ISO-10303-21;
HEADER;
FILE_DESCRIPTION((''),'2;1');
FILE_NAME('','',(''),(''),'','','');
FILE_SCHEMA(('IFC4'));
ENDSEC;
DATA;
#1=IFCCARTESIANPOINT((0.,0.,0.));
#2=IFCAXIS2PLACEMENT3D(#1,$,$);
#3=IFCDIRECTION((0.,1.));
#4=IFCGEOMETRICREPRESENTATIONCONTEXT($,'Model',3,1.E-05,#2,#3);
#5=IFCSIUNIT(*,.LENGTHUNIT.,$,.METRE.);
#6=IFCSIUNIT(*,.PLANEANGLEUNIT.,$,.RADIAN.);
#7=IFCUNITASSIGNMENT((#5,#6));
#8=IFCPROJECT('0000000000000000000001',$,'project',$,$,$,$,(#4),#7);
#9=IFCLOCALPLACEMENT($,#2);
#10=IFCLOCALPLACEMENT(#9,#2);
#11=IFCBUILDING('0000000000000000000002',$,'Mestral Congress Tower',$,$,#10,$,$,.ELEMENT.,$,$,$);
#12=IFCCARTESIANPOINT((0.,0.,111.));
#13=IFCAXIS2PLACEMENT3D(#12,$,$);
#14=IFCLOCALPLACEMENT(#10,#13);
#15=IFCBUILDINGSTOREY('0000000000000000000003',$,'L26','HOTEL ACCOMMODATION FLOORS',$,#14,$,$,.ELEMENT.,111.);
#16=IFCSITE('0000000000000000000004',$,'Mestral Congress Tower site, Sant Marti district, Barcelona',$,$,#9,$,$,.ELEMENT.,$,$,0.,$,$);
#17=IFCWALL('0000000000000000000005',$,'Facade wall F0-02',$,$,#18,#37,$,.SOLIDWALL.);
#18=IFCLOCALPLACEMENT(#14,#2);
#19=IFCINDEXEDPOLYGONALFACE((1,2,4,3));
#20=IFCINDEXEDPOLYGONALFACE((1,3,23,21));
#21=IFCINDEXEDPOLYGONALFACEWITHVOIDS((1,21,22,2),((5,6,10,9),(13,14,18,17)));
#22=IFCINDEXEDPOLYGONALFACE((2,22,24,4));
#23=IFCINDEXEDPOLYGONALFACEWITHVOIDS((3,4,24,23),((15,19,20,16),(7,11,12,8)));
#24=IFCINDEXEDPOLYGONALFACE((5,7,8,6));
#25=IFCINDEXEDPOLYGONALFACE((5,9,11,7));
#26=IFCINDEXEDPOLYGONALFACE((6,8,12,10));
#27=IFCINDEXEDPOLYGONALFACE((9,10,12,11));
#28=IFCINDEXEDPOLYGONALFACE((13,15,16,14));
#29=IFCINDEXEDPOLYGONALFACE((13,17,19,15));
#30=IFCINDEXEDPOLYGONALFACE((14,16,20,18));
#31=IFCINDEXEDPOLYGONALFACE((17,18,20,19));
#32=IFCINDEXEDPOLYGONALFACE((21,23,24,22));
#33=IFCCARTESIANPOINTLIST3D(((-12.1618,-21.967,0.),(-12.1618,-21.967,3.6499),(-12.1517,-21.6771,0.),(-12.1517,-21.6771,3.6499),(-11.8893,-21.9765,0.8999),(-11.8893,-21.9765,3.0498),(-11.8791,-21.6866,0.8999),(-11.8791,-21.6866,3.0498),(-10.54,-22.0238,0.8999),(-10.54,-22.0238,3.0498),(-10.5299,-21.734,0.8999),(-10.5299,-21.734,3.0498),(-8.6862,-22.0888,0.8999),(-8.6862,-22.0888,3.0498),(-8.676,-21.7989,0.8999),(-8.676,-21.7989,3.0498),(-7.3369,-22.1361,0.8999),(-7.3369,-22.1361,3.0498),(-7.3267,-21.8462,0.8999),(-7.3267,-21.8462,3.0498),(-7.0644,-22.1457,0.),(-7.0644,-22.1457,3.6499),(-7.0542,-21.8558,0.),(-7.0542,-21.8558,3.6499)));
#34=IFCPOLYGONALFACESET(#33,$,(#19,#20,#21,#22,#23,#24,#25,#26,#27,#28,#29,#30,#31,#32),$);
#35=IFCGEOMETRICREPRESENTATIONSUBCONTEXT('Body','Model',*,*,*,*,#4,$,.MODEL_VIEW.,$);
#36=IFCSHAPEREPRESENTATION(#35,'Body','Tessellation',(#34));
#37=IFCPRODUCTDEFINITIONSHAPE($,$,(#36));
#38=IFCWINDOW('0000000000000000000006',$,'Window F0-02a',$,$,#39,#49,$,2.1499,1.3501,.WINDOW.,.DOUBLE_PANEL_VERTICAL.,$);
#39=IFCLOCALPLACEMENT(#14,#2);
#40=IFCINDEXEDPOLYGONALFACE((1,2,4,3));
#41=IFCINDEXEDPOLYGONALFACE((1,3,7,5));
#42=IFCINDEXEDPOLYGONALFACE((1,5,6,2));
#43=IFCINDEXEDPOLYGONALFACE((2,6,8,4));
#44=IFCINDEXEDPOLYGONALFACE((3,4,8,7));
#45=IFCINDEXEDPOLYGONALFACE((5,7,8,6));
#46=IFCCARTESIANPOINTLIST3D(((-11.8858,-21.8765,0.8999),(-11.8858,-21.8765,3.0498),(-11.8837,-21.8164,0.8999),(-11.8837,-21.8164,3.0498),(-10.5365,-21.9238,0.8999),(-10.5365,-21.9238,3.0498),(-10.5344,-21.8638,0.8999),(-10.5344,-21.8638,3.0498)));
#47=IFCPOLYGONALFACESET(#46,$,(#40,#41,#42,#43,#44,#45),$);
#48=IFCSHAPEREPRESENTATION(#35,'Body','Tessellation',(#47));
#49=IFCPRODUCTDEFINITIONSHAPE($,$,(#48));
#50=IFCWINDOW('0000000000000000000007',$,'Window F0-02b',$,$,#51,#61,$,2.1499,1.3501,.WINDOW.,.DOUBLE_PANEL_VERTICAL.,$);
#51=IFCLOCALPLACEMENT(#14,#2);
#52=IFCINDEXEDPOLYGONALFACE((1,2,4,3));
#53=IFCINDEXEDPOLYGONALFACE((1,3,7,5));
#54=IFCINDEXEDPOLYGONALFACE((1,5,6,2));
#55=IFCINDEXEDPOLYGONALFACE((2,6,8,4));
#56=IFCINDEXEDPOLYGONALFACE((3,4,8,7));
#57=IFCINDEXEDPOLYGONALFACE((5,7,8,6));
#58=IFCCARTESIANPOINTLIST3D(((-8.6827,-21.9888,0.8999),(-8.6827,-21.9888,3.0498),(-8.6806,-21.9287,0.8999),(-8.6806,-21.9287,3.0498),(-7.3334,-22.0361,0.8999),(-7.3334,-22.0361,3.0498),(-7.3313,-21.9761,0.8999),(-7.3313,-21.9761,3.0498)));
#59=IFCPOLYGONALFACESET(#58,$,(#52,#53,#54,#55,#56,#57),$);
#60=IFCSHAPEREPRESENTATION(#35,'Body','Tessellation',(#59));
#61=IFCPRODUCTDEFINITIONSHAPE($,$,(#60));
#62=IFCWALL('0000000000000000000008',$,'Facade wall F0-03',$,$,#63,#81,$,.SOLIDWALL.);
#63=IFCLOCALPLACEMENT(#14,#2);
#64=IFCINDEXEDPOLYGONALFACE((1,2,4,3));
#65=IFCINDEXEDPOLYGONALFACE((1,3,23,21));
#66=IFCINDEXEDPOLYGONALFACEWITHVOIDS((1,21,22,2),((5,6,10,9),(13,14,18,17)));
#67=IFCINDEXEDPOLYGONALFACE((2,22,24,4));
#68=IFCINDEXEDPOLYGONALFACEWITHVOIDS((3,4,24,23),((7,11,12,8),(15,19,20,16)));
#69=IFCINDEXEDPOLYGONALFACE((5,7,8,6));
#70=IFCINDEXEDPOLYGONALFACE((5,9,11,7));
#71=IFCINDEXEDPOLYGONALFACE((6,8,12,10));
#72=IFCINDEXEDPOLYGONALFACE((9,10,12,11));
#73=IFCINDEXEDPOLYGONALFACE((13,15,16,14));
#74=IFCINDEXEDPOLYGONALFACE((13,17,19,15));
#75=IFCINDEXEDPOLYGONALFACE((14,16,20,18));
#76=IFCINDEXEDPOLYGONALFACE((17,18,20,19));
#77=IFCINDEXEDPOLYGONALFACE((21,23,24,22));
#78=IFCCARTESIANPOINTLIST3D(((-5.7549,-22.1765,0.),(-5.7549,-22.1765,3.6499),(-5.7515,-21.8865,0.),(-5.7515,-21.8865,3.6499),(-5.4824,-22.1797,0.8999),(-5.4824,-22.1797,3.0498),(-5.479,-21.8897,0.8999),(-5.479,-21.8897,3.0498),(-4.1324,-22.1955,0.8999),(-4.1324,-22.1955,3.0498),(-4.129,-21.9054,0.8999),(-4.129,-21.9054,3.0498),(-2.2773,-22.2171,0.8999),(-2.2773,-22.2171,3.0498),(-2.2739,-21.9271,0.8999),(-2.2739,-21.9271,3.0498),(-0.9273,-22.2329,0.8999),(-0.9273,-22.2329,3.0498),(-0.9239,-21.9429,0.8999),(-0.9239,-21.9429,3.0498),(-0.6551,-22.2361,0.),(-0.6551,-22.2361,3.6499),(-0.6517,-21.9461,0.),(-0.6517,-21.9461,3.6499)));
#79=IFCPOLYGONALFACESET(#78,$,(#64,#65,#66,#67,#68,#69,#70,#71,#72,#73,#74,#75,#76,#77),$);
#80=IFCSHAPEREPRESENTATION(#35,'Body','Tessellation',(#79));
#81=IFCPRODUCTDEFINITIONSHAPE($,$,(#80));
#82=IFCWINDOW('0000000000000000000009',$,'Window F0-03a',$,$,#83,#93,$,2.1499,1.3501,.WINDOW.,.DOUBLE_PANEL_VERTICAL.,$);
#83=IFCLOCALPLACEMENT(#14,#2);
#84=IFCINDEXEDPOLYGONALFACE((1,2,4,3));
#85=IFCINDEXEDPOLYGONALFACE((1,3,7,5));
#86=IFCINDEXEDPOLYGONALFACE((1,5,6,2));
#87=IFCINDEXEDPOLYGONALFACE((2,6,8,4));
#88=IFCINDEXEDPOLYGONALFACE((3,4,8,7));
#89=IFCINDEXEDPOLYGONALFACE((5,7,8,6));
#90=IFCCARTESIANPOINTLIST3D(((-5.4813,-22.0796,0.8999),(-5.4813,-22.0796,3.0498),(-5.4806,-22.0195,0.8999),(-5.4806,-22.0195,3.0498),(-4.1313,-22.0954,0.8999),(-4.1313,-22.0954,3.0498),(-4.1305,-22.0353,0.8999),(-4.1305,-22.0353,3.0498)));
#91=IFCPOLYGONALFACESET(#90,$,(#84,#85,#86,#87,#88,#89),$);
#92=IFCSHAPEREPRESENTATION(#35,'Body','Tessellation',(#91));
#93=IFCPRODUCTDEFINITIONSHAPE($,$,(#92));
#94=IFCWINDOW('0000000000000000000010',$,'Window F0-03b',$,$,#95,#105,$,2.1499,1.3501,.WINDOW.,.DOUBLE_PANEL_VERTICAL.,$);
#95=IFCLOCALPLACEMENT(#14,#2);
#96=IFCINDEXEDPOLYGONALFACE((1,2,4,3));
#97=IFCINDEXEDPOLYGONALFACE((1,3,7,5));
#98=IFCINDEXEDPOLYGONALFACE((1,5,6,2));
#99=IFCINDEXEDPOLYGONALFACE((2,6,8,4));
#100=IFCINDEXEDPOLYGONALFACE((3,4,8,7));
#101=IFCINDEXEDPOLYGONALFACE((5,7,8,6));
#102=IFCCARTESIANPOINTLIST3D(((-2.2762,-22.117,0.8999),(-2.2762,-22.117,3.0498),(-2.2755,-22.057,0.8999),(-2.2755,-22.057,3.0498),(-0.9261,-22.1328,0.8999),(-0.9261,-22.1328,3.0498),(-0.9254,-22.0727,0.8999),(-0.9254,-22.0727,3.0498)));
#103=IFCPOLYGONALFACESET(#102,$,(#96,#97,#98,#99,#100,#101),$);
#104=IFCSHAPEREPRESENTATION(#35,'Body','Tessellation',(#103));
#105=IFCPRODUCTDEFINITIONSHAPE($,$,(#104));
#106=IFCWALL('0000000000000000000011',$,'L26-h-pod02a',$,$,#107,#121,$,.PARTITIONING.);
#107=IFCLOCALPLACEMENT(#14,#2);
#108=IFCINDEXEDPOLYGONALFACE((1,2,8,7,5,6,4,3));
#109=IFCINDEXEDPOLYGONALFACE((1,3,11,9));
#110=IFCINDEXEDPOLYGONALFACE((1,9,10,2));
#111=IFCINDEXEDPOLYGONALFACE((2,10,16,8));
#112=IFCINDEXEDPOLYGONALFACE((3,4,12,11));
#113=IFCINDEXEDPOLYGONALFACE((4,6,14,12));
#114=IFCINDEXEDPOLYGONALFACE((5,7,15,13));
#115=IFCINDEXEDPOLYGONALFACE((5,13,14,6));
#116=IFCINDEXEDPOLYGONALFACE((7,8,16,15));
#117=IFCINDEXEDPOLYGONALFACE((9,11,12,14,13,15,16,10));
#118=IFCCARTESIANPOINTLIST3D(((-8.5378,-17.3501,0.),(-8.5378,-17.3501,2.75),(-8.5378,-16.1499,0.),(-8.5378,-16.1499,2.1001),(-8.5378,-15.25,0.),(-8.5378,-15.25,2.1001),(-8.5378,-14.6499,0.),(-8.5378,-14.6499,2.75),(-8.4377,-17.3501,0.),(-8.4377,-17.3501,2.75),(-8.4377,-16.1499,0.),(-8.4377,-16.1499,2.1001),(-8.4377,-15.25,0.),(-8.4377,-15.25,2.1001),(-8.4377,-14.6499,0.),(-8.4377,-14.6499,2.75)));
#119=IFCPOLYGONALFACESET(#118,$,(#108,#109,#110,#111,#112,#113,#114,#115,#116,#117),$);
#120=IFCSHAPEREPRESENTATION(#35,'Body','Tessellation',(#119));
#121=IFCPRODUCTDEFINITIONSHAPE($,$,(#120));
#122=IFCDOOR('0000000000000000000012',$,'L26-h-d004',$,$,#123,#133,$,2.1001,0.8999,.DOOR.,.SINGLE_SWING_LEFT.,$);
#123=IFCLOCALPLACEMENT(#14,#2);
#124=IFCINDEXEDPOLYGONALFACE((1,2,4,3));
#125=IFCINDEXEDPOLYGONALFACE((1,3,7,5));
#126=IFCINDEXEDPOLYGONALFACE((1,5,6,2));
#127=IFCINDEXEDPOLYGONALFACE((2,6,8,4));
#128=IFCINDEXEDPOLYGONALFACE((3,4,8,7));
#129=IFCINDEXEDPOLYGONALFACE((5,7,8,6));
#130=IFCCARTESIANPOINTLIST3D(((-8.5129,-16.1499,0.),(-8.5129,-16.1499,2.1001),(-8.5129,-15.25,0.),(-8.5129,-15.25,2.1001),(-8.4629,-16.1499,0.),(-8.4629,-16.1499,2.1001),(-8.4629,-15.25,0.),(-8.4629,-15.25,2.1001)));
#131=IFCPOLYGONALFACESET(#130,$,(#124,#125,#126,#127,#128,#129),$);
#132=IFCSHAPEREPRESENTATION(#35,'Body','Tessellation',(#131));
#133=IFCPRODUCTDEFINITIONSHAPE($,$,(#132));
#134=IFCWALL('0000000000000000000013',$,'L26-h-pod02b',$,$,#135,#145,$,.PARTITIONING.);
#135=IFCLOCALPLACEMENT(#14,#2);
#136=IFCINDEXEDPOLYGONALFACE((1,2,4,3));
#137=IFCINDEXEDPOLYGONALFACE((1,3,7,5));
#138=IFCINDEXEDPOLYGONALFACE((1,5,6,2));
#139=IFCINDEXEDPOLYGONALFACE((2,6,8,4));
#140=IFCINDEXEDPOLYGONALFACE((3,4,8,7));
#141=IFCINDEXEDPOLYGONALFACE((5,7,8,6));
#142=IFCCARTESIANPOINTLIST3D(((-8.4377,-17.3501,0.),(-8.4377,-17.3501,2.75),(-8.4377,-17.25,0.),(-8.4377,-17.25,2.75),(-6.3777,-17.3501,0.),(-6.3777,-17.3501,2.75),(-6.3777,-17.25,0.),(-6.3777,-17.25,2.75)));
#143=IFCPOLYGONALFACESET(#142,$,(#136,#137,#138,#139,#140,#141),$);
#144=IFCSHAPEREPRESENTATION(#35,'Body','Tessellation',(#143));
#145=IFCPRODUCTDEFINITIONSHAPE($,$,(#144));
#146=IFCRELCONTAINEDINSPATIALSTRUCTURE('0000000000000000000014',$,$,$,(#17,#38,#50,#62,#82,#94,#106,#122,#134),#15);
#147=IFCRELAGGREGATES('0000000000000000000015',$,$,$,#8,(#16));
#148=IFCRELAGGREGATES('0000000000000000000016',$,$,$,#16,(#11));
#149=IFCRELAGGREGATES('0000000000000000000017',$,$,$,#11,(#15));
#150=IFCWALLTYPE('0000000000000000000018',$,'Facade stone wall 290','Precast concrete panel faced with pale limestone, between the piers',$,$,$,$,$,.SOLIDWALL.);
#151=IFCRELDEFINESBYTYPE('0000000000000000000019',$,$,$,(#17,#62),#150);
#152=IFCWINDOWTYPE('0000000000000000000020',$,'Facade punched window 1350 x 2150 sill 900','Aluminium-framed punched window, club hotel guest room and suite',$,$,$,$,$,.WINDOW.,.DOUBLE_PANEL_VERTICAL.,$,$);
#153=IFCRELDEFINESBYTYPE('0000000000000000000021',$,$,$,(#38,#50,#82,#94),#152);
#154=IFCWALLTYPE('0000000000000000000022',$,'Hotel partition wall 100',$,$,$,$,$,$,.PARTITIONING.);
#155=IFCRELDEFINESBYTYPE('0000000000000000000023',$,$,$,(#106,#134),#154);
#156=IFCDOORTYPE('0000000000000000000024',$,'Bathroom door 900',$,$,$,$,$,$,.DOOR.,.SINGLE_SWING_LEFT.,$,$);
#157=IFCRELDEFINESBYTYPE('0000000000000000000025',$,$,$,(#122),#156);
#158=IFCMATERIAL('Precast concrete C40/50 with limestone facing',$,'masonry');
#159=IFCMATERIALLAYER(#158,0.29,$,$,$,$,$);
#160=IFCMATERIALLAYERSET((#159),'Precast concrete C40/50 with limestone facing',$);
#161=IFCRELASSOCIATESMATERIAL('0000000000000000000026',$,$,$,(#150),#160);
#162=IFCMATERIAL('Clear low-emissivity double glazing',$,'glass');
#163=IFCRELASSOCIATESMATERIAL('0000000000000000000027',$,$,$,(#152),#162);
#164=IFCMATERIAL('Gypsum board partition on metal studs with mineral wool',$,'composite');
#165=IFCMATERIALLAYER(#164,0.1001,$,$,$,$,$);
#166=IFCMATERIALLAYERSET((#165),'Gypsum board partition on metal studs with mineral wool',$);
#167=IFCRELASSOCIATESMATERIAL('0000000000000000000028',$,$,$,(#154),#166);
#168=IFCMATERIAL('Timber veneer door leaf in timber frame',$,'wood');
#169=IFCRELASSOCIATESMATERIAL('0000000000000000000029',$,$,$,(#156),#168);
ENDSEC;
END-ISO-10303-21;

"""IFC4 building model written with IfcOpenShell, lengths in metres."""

from ifc_helpers import new_model, si_unit, direction, frame, frame_2d, origin, place, context, subcontext, project, spatial, rectangle, extrude, material, layer, layer_set, type_object, element, fill, save


model = new_model("IFC4")

# Units and contexts
model_context = context("Model", 3, precision=1e-05, world=origin(), true_north=direction((0.0, 1.0)))
body_context = subcontext(model_context, "Body", "Model", "MODEL_VIEW")
ifc_project = project(units=[si_unit("LENGTHUNIT", "METRE"), si_unit("PLANEANGLEUNIT", "RADIAN")], contexts=[model_context])

# Site, building, storey
site_placement = place(None, origin())
site = spatial("IfcSite", under=ifc_project, at=site_placement, Name="Mestral Congress Tower site, Sant Marti district, Barcelona", CompositionType="ELEMENT", RefElevation=0.0)
building_placement = place(site_placement, origin())
building = spatial("IfcBuilding", under=site, at=building_placement, Name="Mestral Congress Tower", CompositionType="ELEMENT")
storey_placement = place(building_placement, frame((0.0, 0.0, 111.0)))
storey = spatial("IfcBuildingStorey", under=building, at=storey_placement, Name="L26", Description="HOTEL ACCOMMODATION FLOORS", CompositionType="ELEMENT", Elevation=111.0)

# Walls, openings, windows
ifc_material_1 = material(Name="Precast concrete C40/50 with limestone facing", Category="masonry")
ifc_layer_1 = layer(ifc_material_1, 0.29)
ifc_layer_set_1 = layer_set([ifc_layer_1], Name="Precast concrete C40/50 with limestone facing")
wall_type_1 = type_object("IfcWallType", Name="Facade stone wall 290", Description="Precast concrete panel faced with pale limestone, between the piers", PredefinedType="SOLIDWALL", material=ifc_layer_set_1)
wall_1_placement = place(storey_placement, frame((-12.1567, -21.822, 0.0), z_axis=(0.0, 0.0, 1.0), x_axis=(0.999386, -0.035038, 0.0)))
wall_1 = element("IfcWall", 1, at=wall_1_placement, inside=storey, type_object=wall_type_1, Name="Facade wall F0-02", PredefinedType="SOLIDWALL", context=body_context, shape_type="SweptSolid", body=[
    extrude(rectangle(XDim=5.1006, YDim=0.29, at=frame_2d((2.5503, 0.0))), origin(), (0.0, 0.0, 1.0), 3.6499),
])
opening_1_placement = place(wall_1_placement, frame((0.2727, 0.0, 0.8999)))
opening_1 = element("IfcOpeningElement", 2, at=opening_1_placement, cuts=wall_1, PredefinedType="OPENING", context=body_context, shape_type="SweptSolid", body=[
    extrude(rectangle(XDim=1.3501, YDim=2.1499, at=frame_2d((0.675, 1.075))), frame((0.0, 0.155, 0.0), z_axis=(0.0, -1.0, 0.0), x_axis=(1.0, 0.0, 0.0)), (0.0, 0.0, 1.0), 0.3101),
])
opening_2_placement = place(wall_1_placement, frame((3.4778, 0.0, 0.8999)))
opening_2 = element("IfcOpeningElement", 3, at=opening_2_placement, cuts=wall_1, PredefinedType="OPENING", context=body_context, shape_type="SweptSolid", body=[
    extrude(rectangle(XDim=1.3501, YDim=2.1499, at=frame_2d((0.675, 1.075))), frame((0.0, 0.155, 0.0), z_axis=(0.0, -1.0, 0.0), x_axis=(1.0, 0.0, 0.0)), (0.0, 0.0, 1.0), 0.3101),
])
ifc_material_2 = material(Name="Clear low-emissivity double glazing", Category="glass")
window_type = type_object("IfcWindowType", Name="Facade punched window 1350 x 2150 sill 900", Description="Aluminium-framed punched window, club hotel guest room and suite", PartitioningType="DOUBLE_PANEL_VERTICAL", PredefinedType="WINDOW", material=ifc_material_2)
window_1_placement = place(opening_1_placement, origin())
window_1 = element("IfcWindow", 4, at=window_1_placement, inside=storey, type_object=window_type, Name="Window F0-02a", OverallHeight=2.1499, OverallWidth=1.3501, PartitioningType="DOUBLE_PANEL_VERTICAL", PredefinedType="WINDOW", context=body_context, shape_type="SweptSolid", body=[
    extrude(rectangle(XDim=1.3501, YDim=2.1499, at=frame_2d((0.675, 1.075))), frame((0.0, 0.0151, 0.0), z_axis=(0.0, -1.0, 0.0), x_axis=(1.0, 0.0, 0.0)), (0.0, 0.0, 1.0), 0.0601),
])
fill(opening_1, window_1)
window_2_placement = place(opening_2_placement, origin())
window_2 = element("IfcWindow", 5, at=window_2_placement, inside=storey, type_object=window_type, Name="Window F0-02b", OverallHeight=2.1499, OverallWidth=1.3501, PartitioningType="DOUBLE_PANEL_VERTICAL", PredefinedType="WINDOW", context=body_context, shape_type="SweptSolid", body=[
    extrude(rectangle(XDim=1.3501, YDim=2.1499, at=frame_2d((0.675, 1.075))), frame((0.0, 0.0151, 0.0), z_axis=(0.0, -1.0, 0.0), x_axis=(1.0, 0.0, 0.0)), (0.0, 0.0, 1.0), 0.0601),
])
fill(opening_2, window_2)
wall_2_placement = place(storey_placement, frame((-5.7532, -22.0315, 0.0), z_axis=(0.0, 0.0, 1.0), x_axis=(0.999932, -0.01168, 0.0)))
wall_2 = element("IfcWall", 6, at=wall_2_placement, inside=storey, type_object=wall_type_1, Name="Facade wall F0-03", PredefinedType="SOLIDWALL", context=body_context, shape_type="SweptSolid", body=[
    extrude(rectangle(XDim=5.1001, YDim=0.29, at=frame_2d((2.55, 0.0))), origin(), (0.0, 0.0, 1.0), 3.6499),
])
opening_3_placement = place(wall_2_placement, frame((0.2725, 0.0, 0.8999)))
opening_3 = element("IfcOpeningElement", 7, at=opening_3_placement, cuts=wall_2, PredefinedType="OPENING", context=body_context, shape_type="SweptSolid", body=[
    extrude(rectangle(XDim=1.3501, YDim=2.1499, at=frame_2d((0.675, 1.075))), frame((0.0, 0.155, 0.0), z_axis=(0.0, -1.0, 0.0), x_axis=(1.0, 0.0, 0.0)), (0.0, 0.0, 1.0), 0.3101),
])
opening_4_placement = place(wall_2_placement, frame((3.4778, 0.0, 0.8999)))
opening_4 = element("IfcOpeningElement", 8, at=opening_4_placement, cuts=wall_2, PredefinedType="OPENING", context=body_context, shape_type="SweptSolid", body=[
    extrude(rectangle(XDim=1.3501, YDim=2.1499, at=frame_2d((0.675, 1.075))), frame((0.0, 0.155, 0.0), z_axis=(0.0, -1.0, 0.0), x_axis=(1.0, 0.0, 0.0)), (0.0, 0.0, 1.0), 0.3101),
])
window_3_placement = place(opening_3_placement, origin())
window_3 = element("IfcWindow", 9, at=window_3_placement, inside=storey, type_object=window_type, Name="Window F0-03a", OverallHeight=2.1499, OverallWidth=1.3501, PartitioningType="DOUBLE_PANEL_VERTICAL", PredefinedType="WINDOW", context=body_context, shape_type="SweptSolid", body=[
    extrude(rectangle(XDim=1.3501, YDim=2.1499, at=frame_2d((0.675, 1.075))), frame((0.0, 0.0151, 0.0), z_axis=(0.0, -1.0, 0.0), x_axis=(1.0, 0.0, 0.0)), (0.0, 0.0, 1.0), 0.0601),
])
fill(opening_3, window_3)
window_4_placement = place(opening_4_placement, origin())
window_4 = element("IfcWindow", 10, at=window_4_placement, inside=storey, type_object=window_type, Name="Window F0-03b", OverallHeight=2.1499, OverallWidth=1.3501, PartitioningType="DOUBLE_PANEL_VERTICAL", PredefinedType="WINDOW", context=body_context, shape_type="SweptSolid", body=[
    extrude(rectangle(XDim=1.3501, YDim=2.1499, at=frame_2d((0.675, 1.075))), frame((0.0, 0.0151, 0.0), z_axis=(0.0, -1.0, 0.0), x_axis=(1.0, 0.0, 0.0)), (0.0, 0.0, 1.0), 0.0601),
])
fill(opening_4, window_4)

# Wall, opening, door
ifc_material_3 = material(Name="Gypsum board partition on metal studs with mineral wool", Category="composite")
ifc_layer_2 = layer(ifc_material_3, 0.1001)
ifc_layer_set_2 = layer_set([ifc_layer_2], Name="Gypsum board partition on metal studs with mineral wool")
wall_type_2 = type_object("IfcWallType", Name="Hotel partition wall 100", PredefinedType="PARTITIONING", material=ifc_layer_set_2)
wall_3_placement = place(storey_placement, frame((-8.4878, -14.6499, 0.0), z_axis=(0.0, 0.0, 1.0), x_axis=(0.0, -1.0, 0.0)))
wall_3 = element("IfcWall", 11, at=wall_3_placement, inside=storey, type_object=wall_type_2, Name="L26-h-pod02a", PredefinedType="PARTITIONING", context=body_context, shape_type="SweptSolid", body=[
    extrude(rectangle(XDim=2.7002, YDim=0.1001, at=frame_2d((1.3501, 0.0))), origin(), (0.0, 0.0, 1.0), 2.75),
])
opening_5_placement = place(wall_3_placement, frame((0.6001, 0.0, 0.0)))
opening_5 = element("IfcOpeningElement", 12, at=opening_5_placement, cuts=wall_3, PredefinedType="OPENING", context=body_context, shape_type="SweptSolid", body=[
    extrude(rectangle(XDim=0.8999, YDim=2.1001, at=frame_2d((0.45, 1.05))), frame((0.0, 0.0601, 0.0), z_axis=(0.0, -1.0, 0.0), x_axis=(1.0, 0.0, 0.0)), (0.0, 0.0, 1.0), 0.1201),
])
ifc_material_4 = material(Name="Timber veneer door leaf in timber frame", Category="wood")
door_type = type_object("IfcDoorType", Name="Bathroom door 900", OperationType="SINGLE_SWING_LEFT", PredefinedType="DOOR", material=ifc_material_4)
door_1_placement = place(opening_5_placement, origin())
door_1 = element("IfcDoor", 13, at=door_1_placement, inside=storey, type_object=door_type, Name="L26-h-d004", OperationType="SINGLE_SWING_LEFT", OverallHeight=2.1001, OverallWidth=0.8999, PredefinedType="DOOR", context=body_context, shape_type="SweptSolid", body=[
    extrude(rectangle(XDim=0.8999, YDim=2.1001, at=frame_2d((0.45, 1.05))), frame((0.0, 0.0249, 0.0), z_axis=(0.0, -1.0, 0.0), x_axis=(1.0, 0.0, 0.0)), (0.0, 0.0, 1.0), 0.05),
])
fill(opening_5, door_1)

# Wall
wall_4_placement = place(storey_placement, frame((-8.4377, -17.3, 0.0), z_axis=(0.0, 0.0, 1.0), x_axis=(1.0, 0.0, 0.0)))
element("IfcWall", 14, at=wall_4_placement, inside=storey, type_object=wall_type_2, Name="L26-h-pod02b", PredefinedType="PARTITIONING", context=body_context, shape_type="SweptSolid", body=[
    extrude(rectangle(XDim=2.0601, YDim=0.1001, at=frame_2d((1.03, 0.0))), origin(), (0.0, 0.0, 1.0), 2.75),
])

save(model, "model.ifc")
